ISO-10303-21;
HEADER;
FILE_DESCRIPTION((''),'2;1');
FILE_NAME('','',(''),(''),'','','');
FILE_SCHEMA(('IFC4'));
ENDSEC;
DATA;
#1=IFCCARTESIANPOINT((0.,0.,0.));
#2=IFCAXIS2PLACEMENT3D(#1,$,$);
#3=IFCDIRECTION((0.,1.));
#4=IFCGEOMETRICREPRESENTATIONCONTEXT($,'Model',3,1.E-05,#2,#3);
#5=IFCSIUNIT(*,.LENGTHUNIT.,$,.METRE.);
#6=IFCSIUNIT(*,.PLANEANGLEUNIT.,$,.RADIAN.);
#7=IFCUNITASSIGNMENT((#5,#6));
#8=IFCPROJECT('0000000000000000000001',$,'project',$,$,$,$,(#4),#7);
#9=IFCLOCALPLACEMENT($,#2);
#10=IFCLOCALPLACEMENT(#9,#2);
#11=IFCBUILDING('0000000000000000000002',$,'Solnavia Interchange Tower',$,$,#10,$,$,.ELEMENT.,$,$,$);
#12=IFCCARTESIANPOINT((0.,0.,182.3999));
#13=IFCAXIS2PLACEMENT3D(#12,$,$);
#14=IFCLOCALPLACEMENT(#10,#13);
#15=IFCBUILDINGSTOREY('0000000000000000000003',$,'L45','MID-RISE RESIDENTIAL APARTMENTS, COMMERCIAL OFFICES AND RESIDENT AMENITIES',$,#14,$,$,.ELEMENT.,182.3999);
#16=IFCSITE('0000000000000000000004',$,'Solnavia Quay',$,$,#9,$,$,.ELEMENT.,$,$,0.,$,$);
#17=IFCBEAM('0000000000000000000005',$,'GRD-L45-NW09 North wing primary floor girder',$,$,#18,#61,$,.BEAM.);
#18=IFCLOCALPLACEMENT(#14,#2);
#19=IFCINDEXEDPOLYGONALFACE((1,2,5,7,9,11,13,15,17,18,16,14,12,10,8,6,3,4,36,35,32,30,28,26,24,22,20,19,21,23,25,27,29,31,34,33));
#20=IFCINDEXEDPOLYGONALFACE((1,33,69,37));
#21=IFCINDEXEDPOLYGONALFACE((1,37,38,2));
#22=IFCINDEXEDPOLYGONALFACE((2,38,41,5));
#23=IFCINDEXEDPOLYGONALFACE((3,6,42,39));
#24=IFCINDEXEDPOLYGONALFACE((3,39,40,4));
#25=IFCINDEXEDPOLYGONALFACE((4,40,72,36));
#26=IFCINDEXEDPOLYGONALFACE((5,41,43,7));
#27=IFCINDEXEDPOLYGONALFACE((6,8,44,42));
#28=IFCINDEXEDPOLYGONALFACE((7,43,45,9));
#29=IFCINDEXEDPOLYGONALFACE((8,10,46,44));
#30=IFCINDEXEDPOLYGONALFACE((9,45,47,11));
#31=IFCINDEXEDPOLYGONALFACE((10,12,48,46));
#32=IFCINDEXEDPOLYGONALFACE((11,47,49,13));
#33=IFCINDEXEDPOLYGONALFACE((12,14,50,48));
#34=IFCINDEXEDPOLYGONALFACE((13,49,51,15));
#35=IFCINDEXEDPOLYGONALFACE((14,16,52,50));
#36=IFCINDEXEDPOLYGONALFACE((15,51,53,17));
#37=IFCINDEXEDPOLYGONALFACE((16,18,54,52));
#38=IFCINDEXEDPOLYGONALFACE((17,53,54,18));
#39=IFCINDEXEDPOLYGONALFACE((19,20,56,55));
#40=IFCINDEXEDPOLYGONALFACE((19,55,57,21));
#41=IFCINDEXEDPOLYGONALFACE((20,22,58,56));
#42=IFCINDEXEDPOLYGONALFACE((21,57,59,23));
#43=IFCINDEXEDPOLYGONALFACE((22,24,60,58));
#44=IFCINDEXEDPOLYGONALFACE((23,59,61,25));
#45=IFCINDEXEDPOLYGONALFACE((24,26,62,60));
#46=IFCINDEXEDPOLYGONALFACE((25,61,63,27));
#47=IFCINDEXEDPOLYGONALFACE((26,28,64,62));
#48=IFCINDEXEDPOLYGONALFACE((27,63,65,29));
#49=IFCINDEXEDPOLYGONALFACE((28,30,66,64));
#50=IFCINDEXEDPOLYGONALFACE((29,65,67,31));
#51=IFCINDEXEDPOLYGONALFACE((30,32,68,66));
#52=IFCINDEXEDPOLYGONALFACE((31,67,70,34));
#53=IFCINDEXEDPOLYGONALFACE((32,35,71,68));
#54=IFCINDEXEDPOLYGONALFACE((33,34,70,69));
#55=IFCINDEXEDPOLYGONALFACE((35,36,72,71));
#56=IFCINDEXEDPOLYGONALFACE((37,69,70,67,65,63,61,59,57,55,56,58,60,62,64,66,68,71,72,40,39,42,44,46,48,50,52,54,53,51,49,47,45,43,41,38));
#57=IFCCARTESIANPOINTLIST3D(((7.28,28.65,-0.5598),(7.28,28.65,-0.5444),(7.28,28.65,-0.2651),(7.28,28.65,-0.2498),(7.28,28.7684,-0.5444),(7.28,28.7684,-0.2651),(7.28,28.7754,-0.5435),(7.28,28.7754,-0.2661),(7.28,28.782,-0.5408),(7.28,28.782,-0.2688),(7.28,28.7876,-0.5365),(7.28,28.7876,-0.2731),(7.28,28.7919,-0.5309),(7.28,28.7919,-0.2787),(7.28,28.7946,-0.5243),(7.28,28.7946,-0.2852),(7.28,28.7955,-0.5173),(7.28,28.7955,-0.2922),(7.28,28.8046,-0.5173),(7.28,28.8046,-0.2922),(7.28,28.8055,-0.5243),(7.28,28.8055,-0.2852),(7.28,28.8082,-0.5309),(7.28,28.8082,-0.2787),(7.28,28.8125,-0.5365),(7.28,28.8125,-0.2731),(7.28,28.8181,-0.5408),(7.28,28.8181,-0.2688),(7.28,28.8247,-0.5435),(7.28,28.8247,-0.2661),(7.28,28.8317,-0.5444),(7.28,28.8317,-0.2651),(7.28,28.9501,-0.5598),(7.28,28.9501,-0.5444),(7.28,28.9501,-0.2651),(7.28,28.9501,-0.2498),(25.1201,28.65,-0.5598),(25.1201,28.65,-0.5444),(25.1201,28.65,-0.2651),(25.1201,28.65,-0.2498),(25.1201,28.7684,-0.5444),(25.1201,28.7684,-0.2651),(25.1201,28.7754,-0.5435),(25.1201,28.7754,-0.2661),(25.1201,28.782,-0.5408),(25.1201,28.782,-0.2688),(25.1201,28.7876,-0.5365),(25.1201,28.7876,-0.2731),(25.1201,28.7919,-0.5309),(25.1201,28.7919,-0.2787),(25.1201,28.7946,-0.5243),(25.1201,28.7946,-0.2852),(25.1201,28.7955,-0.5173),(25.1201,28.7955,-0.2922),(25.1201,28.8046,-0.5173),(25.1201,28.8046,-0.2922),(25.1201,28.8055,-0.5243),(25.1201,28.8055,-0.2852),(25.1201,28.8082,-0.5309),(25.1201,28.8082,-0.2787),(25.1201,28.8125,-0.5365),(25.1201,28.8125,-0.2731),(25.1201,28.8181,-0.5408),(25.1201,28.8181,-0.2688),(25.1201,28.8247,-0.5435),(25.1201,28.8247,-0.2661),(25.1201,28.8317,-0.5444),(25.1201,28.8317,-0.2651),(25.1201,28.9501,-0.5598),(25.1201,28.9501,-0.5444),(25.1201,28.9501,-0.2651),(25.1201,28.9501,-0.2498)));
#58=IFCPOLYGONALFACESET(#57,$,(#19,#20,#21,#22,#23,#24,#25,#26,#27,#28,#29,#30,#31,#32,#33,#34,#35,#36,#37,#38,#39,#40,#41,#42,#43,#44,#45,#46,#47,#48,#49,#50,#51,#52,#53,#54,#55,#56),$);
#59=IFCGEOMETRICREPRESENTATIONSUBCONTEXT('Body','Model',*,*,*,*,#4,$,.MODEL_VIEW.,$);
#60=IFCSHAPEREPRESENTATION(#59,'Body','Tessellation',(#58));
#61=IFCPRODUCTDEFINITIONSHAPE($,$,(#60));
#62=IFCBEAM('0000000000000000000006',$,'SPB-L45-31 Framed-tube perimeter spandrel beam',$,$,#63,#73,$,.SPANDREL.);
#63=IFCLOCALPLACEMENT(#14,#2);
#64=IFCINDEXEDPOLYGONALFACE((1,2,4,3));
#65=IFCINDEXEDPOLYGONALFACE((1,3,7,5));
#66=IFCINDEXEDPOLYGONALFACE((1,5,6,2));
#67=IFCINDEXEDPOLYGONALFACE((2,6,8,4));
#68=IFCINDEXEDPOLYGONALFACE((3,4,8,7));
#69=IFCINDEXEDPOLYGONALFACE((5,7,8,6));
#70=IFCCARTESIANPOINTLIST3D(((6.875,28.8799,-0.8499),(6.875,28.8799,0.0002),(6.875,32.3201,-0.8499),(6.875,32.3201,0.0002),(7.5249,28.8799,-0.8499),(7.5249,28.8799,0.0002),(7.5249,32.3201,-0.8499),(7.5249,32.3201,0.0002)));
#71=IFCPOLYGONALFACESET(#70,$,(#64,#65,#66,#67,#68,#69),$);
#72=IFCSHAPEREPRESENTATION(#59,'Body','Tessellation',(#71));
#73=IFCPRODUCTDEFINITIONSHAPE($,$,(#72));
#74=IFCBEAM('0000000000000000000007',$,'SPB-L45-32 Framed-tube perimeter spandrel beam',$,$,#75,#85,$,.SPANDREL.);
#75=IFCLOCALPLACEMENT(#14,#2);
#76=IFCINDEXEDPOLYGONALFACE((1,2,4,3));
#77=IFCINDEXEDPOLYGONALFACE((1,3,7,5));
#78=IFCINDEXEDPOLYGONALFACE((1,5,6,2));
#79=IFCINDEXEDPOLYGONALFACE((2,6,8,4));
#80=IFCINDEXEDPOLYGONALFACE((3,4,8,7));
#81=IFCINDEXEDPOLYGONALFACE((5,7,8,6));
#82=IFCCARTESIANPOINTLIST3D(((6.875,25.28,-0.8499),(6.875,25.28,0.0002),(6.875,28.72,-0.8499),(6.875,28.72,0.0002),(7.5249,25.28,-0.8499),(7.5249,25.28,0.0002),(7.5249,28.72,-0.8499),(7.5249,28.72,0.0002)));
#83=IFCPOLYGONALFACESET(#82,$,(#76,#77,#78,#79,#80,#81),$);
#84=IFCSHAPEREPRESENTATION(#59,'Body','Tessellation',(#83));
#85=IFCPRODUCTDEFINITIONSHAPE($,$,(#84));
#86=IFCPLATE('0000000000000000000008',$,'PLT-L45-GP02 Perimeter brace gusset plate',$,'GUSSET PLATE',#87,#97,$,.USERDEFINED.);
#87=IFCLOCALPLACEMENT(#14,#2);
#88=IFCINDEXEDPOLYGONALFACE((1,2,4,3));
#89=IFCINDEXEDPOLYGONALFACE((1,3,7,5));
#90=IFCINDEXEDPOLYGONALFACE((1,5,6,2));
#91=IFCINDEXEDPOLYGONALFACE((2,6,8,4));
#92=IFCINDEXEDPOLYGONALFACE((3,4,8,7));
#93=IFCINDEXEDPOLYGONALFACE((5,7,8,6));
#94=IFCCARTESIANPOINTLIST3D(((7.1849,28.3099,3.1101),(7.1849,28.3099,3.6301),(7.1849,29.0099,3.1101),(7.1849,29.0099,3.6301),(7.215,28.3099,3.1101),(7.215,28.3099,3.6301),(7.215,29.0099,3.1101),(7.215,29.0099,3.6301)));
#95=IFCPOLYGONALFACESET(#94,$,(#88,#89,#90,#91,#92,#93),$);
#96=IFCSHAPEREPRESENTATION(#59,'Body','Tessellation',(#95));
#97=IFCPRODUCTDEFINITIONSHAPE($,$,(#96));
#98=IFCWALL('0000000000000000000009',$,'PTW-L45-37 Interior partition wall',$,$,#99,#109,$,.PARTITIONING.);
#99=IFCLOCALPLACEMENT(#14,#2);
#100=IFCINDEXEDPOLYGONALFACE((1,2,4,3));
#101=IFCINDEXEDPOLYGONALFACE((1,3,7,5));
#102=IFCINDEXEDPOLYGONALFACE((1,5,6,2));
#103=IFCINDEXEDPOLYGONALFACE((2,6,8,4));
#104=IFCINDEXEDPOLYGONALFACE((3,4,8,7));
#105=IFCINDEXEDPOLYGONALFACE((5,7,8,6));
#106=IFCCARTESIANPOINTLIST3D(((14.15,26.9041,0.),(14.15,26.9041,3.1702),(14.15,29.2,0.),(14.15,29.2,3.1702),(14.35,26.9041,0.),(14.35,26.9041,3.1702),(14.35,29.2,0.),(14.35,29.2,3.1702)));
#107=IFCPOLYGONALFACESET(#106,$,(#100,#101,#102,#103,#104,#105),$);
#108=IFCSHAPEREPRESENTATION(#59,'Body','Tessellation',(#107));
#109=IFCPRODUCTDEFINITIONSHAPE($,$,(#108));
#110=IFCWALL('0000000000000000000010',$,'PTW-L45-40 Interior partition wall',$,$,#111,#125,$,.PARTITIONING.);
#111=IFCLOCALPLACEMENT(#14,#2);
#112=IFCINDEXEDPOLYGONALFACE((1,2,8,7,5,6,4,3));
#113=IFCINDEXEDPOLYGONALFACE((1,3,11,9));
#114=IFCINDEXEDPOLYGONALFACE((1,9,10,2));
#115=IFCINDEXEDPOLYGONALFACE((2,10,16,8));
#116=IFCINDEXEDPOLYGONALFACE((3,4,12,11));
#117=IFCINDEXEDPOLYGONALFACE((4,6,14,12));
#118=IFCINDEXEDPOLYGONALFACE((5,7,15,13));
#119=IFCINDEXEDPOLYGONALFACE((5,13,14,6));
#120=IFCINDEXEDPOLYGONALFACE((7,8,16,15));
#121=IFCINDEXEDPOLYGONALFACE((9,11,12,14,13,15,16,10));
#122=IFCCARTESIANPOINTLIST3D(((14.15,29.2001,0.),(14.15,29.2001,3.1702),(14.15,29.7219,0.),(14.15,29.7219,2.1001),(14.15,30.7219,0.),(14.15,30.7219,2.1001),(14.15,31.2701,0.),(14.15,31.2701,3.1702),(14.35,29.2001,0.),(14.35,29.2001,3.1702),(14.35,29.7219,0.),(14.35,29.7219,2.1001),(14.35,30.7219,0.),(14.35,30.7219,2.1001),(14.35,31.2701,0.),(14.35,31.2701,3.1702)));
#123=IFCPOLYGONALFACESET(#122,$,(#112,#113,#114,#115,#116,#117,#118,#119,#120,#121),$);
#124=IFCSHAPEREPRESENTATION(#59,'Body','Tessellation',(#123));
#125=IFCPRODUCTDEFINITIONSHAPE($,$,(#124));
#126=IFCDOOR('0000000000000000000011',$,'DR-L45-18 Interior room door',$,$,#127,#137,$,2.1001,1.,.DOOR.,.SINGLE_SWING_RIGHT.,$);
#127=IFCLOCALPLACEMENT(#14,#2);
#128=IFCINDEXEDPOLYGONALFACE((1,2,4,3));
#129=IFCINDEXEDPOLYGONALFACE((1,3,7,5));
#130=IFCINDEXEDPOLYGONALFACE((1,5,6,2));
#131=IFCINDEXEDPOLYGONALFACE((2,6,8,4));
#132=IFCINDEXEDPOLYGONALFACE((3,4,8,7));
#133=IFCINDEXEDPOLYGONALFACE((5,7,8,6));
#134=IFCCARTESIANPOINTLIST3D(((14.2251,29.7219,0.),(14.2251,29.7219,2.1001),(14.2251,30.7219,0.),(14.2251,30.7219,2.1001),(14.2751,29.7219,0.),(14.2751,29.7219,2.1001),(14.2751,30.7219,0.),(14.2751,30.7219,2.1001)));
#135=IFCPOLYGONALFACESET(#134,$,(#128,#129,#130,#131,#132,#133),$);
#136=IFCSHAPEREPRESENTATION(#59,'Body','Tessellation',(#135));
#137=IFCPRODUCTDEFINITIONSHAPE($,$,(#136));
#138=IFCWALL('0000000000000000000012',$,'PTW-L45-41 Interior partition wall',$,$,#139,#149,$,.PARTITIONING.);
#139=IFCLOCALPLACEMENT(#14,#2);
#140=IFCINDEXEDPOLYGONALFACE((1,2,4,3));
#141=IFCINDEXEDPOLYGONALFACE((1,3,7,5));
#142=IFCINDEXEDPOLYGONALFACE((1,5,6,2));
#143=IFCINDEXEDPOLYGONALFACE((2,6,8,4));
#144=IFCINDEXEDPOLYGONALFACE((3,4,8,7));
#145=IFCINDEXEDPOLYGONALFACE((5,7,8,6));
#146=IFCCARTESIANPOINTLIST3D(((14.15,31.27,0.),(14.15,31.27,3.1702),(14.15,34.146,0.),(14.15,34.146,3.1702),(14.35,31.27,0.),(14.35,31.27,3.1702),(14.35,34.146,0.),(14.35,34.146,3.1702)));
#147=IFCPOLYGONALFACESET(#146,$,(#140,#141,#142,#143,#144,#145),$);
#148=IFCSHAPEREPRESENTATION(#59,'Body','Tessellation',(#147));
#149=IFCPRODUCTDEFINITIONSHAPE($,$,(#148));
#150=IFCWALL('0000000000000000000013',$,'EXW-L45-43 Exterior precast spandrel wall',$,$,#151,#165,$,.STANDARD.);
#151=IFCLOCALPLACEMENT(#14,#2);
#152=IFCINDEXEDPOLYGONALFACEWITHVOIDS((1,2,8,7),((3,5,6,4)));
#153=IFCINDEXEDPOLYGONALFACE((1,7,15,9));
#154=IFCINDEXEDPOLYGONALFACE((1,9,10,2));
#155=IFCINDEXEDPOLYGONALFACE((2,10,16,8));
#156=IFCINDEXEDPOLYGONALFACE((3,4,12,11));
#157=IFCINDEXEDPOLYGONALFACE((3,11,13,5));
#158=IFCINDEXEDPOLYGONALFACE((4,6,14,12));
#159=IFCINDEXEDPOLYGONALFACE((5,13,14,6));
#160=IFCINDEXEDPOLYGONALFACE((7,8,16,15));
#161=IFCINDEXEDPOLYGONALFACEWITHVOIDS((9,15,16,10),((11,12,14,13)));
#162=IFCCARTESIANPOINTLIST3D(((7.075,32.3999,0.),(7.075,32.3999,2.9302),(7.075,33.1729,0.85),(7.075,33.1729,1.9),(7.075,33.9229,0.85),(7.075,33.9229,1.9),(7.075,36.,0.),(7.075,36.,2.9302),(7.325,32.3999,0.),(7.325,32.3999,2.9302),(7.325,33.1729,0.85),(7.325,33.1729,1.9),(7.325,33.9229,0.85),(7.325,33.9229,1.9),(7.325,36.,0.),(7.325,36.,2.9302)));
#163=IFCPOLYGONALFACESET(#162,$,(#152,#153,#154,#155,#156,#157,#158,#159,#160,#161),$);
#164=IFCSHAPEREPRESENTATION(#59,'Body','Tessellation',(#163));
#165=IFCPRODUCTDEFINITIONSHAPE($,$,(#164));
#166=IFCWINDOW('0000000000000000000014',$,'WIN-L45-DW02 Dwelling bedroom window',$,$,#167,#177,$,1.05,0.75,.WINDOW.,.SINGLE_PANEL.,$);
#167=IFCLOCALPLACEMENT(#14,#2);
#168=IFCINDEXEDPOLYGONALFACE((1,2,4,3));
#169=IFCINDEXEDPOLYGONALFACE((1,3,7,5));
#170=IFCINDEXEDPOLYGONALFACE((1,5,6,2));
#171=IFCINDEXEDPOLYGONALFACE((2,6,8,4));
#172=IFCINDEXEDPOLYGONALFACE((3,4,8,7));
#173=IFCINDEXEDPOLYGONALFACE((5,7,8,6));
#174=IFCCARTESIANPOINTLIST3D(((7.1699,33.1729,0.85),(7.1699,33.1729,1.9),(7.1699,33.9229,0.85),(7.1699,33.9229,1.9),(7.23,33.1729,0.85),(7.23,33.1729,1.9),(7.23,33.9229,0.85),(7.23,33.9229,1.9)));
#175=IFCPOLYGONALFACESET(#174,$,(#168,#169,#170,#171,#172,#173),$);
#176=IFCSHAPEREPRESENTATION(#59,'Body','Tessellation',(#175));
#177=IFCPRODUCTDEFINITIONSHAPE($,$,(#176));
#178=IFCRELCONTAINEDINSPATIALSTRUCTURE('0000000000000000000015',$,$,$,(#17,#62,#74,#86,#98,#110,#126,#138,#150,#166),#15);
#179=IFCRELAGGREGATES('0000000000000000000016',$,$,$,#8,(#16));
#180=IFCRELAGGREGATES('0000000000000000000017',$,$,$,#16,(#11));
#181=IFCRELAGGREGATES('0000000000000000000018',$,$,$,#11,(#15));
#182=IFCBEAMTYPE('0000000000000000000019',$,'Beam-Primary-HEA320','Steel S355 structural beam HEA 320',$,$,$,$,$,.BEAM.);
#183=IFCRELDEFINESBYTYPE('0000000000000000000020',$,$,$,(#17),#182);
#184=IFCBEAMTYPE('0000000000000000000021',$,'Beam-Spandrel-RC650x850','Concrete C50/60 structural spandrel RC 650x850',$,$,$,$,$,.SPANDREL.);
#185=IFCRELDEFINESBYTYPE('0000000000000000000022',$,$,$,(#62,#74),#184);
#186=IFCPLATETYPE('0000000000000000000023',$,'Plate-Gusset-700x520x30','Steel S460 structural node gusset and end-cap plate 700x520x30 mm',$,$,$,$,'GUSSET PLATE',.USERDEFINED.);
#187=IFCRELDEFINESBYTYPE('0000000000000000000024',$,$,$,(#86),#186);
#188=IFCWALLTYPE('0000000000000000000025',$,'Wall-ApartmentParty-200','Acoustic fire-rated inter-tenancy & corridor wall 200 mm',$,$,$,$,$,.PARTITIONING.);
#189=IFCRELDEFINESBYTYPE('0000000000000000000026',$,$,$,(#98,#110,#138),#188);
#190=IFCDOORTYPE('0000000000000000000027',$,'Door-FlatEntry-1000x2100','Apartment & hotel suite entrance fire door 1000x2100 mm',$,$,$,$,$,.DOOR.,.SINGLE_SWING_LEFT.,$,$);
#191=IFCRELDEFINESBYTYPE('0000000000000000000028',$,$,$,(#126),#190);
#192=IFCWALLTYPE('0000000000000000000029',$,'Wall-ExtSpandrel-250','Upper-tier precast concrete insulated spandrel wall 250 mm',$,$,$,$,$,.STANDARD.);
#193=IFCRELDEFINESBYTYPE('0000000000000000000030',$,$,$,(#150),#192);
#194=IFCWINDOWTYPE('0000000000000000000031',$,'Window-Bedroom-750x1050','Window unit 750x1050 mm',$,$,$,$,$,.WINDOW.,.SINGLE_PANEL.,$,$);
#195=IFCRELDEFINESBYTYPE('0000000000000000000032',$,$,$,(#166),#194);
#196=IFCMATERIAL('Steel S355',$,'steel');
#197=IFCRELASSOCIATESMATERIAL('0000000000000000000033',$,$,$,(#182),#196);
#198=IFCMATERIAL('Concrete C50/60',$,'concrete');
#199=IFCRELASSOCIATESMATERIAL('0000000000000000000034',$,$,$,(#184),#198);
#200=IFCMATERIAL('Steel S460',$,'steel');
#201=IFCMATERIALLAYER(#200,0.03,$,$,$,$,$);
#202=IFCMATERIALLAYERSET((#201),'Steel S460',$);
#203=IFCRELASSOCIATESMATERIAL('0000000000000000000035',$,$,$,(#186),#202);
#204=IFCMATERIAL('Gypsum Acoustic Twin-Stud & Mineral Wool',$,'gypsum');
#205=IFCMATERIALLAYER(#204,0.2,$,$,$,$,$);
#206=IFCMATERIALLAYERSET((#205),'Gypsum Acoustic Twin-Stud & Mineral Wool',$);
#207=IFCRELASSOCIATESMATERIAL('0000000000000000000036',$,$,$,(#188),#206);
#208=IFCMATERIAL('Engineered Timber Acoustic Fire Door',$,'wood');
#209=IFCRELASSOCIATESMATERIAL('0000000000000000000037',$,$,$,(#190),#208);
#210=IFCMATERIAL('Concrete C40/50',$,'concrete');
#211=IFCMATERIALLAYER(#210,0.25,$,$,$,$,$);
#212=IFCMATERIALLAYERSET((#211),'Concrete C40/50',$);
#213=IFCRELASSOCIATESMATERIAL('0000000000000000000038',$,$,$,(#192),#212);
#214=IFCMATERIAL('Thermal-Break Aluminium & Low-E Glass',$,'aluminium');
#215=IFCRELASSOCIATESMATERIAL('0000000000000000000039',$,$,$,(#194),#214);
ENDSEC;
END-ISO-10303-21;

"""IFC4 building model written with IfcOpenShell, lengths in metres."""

from ifc_helpers import new_model, si_unit, direction, frame, frame_2d, origin, origin_2d, place, context, subcontext, project, spatial, rectangle, i_section, extrude, material, layer, layer_set, material_profile, profile_set, type_object, element, fill, save


model = new_model("IFC4")

# Units and contexts
model_context = context("Model", 3, precision=1e-05, world=origin(), true_north=direction((0.0, 1.0)))
body_context = subcontext(model_context, "Body", "Model", "MODEL_VIEW")
ifc_project = project(units=[si_unit("LENGTHUNIT", "METRE"), si_unit("PLANEANGLEUNIT", "RADIAN")], contexts=[model_context])

# Site, building, storey
site_placement = place(None, origin())
site = spatial("IfcSite", under=ifc_project, at=site_placement, Name="Solnavia Quay", CompositionType="ELEMENT", RefElevation=0.0)
building_placement = place(site_placement, origin())
building = spatial("IfcBuilding", under=site, at=building_placement, Name="Solnavia Interchange Tower", CompositionType="ELEMENT")
storey_placement = place(building_placement, frame((0.0, 0.0, 182.3999)))
storey = spatial("IfcBuildingStorey", under=building, at=storey_placement, Name="L45", Description="MID-RISE RESIDENTIAL APARTMENTS, COMMERCIAL OFFICES AND RESIDENT AMENITIES", CompositionType="ELEMENT", Elevation=182.3999)

# Shared definitions
ifc_material_1 = material(Name="Concrete C50/60", Category="concrete")
ifc_material_2 = material(Name="Steel S355", Category="steel")

# Beams
ifc_material_3 = material(Name="Steel S460", Category="steel")
ifc_material_profile_1 = material_profile(ifc_material_2, i_section(OverallWidth=0.3, OverallDepth=0.3101, WebThickness=0.009, FlangeThickness=0.0154, FilletRadius=0.0271, at=origin_2d()), Name="HEA 320")
ifc_profile_set_1 = profile_set([ifc_material_profile_1], Name="Steel S355")
beam_type_1 = type_object("IfcBeamType", Name="Beam-Primary-HEA320", Description="Steel S355 structural beam HEA 320", PredefinedType="BEAM", material=ifc_profile_set_1)
beam_1_placement = place(storey_placement, frame((7.28, 28.8, -0.4048), z_axis=(1.0, 0.0, 0.0), x_axis=(0.0, 1.0, 0.0)))
element("IfcBeam", 1, at=beam_1_placement, inside=storey, type_object=beam_type_1, Name="GRD-L45-NW09 North wing primary floor girder", PredefinedType="BEAM", context=body_context, shape_type="SweptSolid", body=[
    extrude(i_section(OverallWidth=0.3, OverallDepth=0.3101, WebThickness=0.009, FlangeThickness=0.0154, FilletRadius=0.0271, at=origin_2d()), origin(), (0.0, 0.0, 1.0), 17.8401),
])
ifc_material_profile_2 = material_profile(ifc_material_1, rectangle(XDim=0.6499, YDim=0.8501, at=origin_2d()), Name="RC 650x850")
ifc_profile_set_2 = profile_set([ifc_material_profile_2], Name="Concrete C50/60")
beam_type_2 = type_object("IfcBeamType", Name="Beam-Spandrel-RC650x850", Description="Concrete C50/60 structural spandrel RC 650x850", PredefinedType="SPANDREL", material=ifc_profile_set_2)
beam_2_placement = place(storey_placement, frame((7.2, 32.3201, -0.4248), z_axis=(0.0, -1.0, 0.0), x_axis=(1.0, 0.0, 0.0)))
element("IfcBeam", 2, at=beam_2_placement, inside=storey, type_object=beam_type_2, Name="SPB-L45-31 Framed-tube perimeter spandrel beam", PredefinedType="SPANDREL", context=body_context, shape_type="SweptSolid", body=[
    extrude(rectangle(XDim=0.6499, YDim=0.8501, at=origin_2d()), origin(), (0.0, 0.0, 1.0), 3.4402),
])
beam_3_placement = place(storey_placement, frame((7.2, 28.72, -0.4248), z_axis=(0.0, -1.0, 0.0), x_axis=(1.0, 0.0, 0.0)))
element("IfcBeam", 3, at=beam_3_placement, inside=storey, type_object=beam_type_2, Name="SPB-L45-32 Framed-tube perimeter spandrel beam", PredefinedType="SPANDREL", context=body_context, shape_type="SweptSolid", body=[
    extrude(rectangle(XDim=0.6499, YDim=0.8501, at=origin_2d()), origin(), (0.0, 0.0, 1.0), 3.4399),
])

# Plate
ifc_layer_1 = layer(ifc_material_3, 0.03)
ifc_layer_set_1 = layer_set([ifc_layer_1], Name="Steel S460")
plate_type = type_object("IfcPlateType", Name="Plate-Gusset-700x520x30", Description="Steel S460 structural node gusset and end-cap plate 700x520x30 mm", ElementType="GUSSET PLATE", PredefinedType="USERDEFINED", material=ifc_layer_set_1)
plate_placement = place(storey_placement, frame((7.2, 28.6599, 3.1101), z_axis=(0.0, 0.0, 1.0), x_axis=(0.0, 1.0, 0.0)))
element("IfcPlate", 4, at=plate_placement, inside=storey, type_object=plate_type, Name="PLT-L45-GP02 Perimeter brace gusset plate", ObjectType="GUSSET PLATE", PredefinedType="USERDEFINED", context=body_context, shape_type="SweptSolid", body=[
    extrude(rectangle(XDim=0.7, YDim=0.03, at=origin_2d()), origin(), (0.0, 0.0, 1.0), 0.52),
])

# Wall
ifc_material_4 = material(Name="Gypsum Acoustic Twin-Stud & Mineral Wool", Category="gypsum")
ifc_layer_2 = layer(ifc_material_4, 0.2)
ifc_layer_set_2 = layer_set([ifc_layer_2], Name="Gypsum Acoustic Twin-Stud & Mineral Wool")
wall_type_1 = type_object("IfcWallType", Name="Wall-ApartmentParty-200", Description="Acoustic fire-rated inter-tenancy & corridor wall 200 mm", PredefinedType="PARTITIONING", material=ifc_layer_set_2)
wall_1_placement = place(storey_placement, frame((14.25, 26.9041, 0.0), z_axis=(0.0, 0.0, 1.0), x_axis=(0.0, 1.0, 0.0)))
element("IfcWall", 5, at=wall_1_placement, inside=storey, type_object=wall_type_1, Name="PTW-L45-37 Interior partition wall", PredefinedType="PARTITIONING", context=body_context, shape_type="SweptSolid", body=[
    extrude(rectangle(XDim=2.2959, YDim=0.2, at=frame_2d((1.1479, 0.0))), origin(), (0.0, 0.0, 1.0), 3.1702),
])

# Wall, opening, door
wall_2_placement = place(storey_placement, frame((14.25, 29.2, 0.0), z_axis=(0.0, 0.0, 1.0), x_axis=(0.0, 1.0, 0.0)))
wall_2 = element("IfcWall", 6, at=wall_2_placement, inside=storey, type_object=wall_type_1, Name="PTW-L45-40 Interior partition wall", PredefinedType="PARTITIONING", context=body_context, shape_type="SweptSolid", body=[
    extrude(rectangle(XDim=2.0701, YDim=0.2, at=frame_2d((1.0352, 0.0))), origin(), (0.0, 0.0, 1.0), 3.1702),
])
opening_1_placement = place(wall_2_placement, frame((0.522, 0.0, 0.0)))
opening_1 = element("IfcOpeningElement", 7, at=opening_1_placement, cuts=wall_2, PredefinedType="OPENING", context=body_context, shape_type="SweptSolid", body=[
    extrude(rectangle(XDim=1.0, YDim=2.1001, at=frame_2d((0.5, 1.05))), frame((0.0, 0.1099, 0.0), z_axis=(0.0, -1.0, 0.0), x_axis=(1.0, 0.0, 0.0)), (0.0, 0.0, 1.0), 0.22),
])
ifc_material_5 = material(Name="Engineered Timber Acoustic Fire Door", Category="wood")
door_type_1 = type_object("IfcDoorType", Name="Door-FlatEntry-1000x2100", Description="Apartment & hotel suite entrance fire door 1000x2100 mm", OperationType="SINGLE_SWING_LEFT", PredefinedType="DOOR", material=ifc_material_5)
door_1_placement = place(opening_1_placement, origin())
door_1 = element("IfcDoor", 8, at=door_1_placement, inside=storey, type_object=door_type_1, Name="DR-L45-18 Interior room door", OperationType="SINGLE_SWING_RIGHT", OverallHeight=2.1001, OverallWidth=1.0, PredefinedType="DOOR", context=body_context, shape_type="SweptSolid", body=[
    extrude(rectangle(XDim=1.0, YDim=2.1001, at=frame_2d((0.5, 1.05))), frame((0.0, 0.0249, 0.0), z_axis=(0.0, -1.0, 0.0), x_axis=(1.0, 0.0, 0.0)), (0.0, 0.0, 1.0), 0.05),
])
fill(opening_1, door_1)

# Wall
wall_3_placement = place(storey_placement, frame((14.25, 31.27, 0.0), z_axis=(0.0, 0.0, 1.0), x_axis=(0.0, 1.0, 0.0)))
element("IfcWall", 9, at=wall_3_placement, inside=storey, type_object=wall_type_1, Name="PTW-L45-41 Interior partition wall", PredefinedType="PARTITIONING", context=body_context, shape_type="SweptSolid", body=[
    extrude(rectangle(XDim=2.876, YDim=0.2, at=frame_2d((1.438, 0.0))), origin(), (0.0, 0.0, 1.0), 3.1702),
])

# Wall, opening, window
ifc_material_6 = material(Name="Concrete C40/50", Category="concrete")
ifc_layer_3 = layer(ifc_material_6, 0.25)
ifc_layer_set_3 = layer_set([ifc_layer_3], Name="Concrete C40/50")
wall_type_2 = type_object("IfcWallType", Name="Wall-ExtSpandrel-250", Description="Upper-tier precast concrete insulated spandrel wall 250 mm", PredefinedType="STANDARD", material=ifc_layer_set_3)
wall_4_placement = place(storey_placement, frame((7.2, 32.3999, 0.0), z_axis=(0.0, 0.0, 1.0), x_axis=(0.0, 1.0, 0.0)))
wall_4 = element("IfcWall", 10, at=wall_4_placement, inside=storey, type_object=wall_type_2, Name="EXW-L45-43 Exterior precast spandrel wall", PredefinedType="STANDARD", context=body_context, shape_type="SweptSolid", body=[
    extrude(rectangle(XDim=3.6001, YDim=0.25, at=frame_2d((1.8, 0.0))), origin(), (0.0, 0.0, 1.0), 2.9302),
])
opening_2_placement = place(wall_4_placement, frame((0.7729, 0.0, 0.8501)))
opening_2 = element("IfcOpeningElement", 11, at=opening_2_placement, cuts=wall_4, PredefinedType="OPENING", context=body_context, shape_type="SweptSolid", body=[
    extrude(rectangle(XDim=0.75, YDim=1.05, at=frame_2d((0.375, 0.5249))), frame((0.0, 0.135, 0.0), z_axis=(0.0, -1.0, 0.0), x_axis=(1.0, 0.0, 0.0)), (0.0, 0.0, 1.0), 0.27),
])
ifc_material_7 = material(Name="Thermal-Break Aluminium & Low-E Glass", Category="aluminium")
window_type = type_object("IfcWindowType", Name="Window-Bedroom-750x1050", Description="Window unit 750x1050 mm", PartitioningType="SINGLE_PANEL", PredefinedType="WINDOW", material=ifc_material_7)
window_placement = place(opening_2_placement, origin())
window = element("IfcWindow", 12, at=window_placement, inside=storey, type_object=window_type, Name="WIN-L45-DW02 Dwelling bedroom window", OverallHeight=1.05, OverallWidth=0.75, PartitioningType="SINGLE_PANEL", PredefinedType="WINDOW", context=body_context, shape_type="SweptSolid", body=[
    extrude(rectangle(XDim=0.75, YDim=1.05, at=frame_2d((0.375, 0.5249))), frame((0.0, 0.03, 0.0), z_axis=(0.0, -1.0, 0.0), x_axis=(1.0, 0.0, 0.0)), (0.0, 0.0, 1.0), 0.0601),
])
fill(opening_2, window)

save(model, "model.ifc")
